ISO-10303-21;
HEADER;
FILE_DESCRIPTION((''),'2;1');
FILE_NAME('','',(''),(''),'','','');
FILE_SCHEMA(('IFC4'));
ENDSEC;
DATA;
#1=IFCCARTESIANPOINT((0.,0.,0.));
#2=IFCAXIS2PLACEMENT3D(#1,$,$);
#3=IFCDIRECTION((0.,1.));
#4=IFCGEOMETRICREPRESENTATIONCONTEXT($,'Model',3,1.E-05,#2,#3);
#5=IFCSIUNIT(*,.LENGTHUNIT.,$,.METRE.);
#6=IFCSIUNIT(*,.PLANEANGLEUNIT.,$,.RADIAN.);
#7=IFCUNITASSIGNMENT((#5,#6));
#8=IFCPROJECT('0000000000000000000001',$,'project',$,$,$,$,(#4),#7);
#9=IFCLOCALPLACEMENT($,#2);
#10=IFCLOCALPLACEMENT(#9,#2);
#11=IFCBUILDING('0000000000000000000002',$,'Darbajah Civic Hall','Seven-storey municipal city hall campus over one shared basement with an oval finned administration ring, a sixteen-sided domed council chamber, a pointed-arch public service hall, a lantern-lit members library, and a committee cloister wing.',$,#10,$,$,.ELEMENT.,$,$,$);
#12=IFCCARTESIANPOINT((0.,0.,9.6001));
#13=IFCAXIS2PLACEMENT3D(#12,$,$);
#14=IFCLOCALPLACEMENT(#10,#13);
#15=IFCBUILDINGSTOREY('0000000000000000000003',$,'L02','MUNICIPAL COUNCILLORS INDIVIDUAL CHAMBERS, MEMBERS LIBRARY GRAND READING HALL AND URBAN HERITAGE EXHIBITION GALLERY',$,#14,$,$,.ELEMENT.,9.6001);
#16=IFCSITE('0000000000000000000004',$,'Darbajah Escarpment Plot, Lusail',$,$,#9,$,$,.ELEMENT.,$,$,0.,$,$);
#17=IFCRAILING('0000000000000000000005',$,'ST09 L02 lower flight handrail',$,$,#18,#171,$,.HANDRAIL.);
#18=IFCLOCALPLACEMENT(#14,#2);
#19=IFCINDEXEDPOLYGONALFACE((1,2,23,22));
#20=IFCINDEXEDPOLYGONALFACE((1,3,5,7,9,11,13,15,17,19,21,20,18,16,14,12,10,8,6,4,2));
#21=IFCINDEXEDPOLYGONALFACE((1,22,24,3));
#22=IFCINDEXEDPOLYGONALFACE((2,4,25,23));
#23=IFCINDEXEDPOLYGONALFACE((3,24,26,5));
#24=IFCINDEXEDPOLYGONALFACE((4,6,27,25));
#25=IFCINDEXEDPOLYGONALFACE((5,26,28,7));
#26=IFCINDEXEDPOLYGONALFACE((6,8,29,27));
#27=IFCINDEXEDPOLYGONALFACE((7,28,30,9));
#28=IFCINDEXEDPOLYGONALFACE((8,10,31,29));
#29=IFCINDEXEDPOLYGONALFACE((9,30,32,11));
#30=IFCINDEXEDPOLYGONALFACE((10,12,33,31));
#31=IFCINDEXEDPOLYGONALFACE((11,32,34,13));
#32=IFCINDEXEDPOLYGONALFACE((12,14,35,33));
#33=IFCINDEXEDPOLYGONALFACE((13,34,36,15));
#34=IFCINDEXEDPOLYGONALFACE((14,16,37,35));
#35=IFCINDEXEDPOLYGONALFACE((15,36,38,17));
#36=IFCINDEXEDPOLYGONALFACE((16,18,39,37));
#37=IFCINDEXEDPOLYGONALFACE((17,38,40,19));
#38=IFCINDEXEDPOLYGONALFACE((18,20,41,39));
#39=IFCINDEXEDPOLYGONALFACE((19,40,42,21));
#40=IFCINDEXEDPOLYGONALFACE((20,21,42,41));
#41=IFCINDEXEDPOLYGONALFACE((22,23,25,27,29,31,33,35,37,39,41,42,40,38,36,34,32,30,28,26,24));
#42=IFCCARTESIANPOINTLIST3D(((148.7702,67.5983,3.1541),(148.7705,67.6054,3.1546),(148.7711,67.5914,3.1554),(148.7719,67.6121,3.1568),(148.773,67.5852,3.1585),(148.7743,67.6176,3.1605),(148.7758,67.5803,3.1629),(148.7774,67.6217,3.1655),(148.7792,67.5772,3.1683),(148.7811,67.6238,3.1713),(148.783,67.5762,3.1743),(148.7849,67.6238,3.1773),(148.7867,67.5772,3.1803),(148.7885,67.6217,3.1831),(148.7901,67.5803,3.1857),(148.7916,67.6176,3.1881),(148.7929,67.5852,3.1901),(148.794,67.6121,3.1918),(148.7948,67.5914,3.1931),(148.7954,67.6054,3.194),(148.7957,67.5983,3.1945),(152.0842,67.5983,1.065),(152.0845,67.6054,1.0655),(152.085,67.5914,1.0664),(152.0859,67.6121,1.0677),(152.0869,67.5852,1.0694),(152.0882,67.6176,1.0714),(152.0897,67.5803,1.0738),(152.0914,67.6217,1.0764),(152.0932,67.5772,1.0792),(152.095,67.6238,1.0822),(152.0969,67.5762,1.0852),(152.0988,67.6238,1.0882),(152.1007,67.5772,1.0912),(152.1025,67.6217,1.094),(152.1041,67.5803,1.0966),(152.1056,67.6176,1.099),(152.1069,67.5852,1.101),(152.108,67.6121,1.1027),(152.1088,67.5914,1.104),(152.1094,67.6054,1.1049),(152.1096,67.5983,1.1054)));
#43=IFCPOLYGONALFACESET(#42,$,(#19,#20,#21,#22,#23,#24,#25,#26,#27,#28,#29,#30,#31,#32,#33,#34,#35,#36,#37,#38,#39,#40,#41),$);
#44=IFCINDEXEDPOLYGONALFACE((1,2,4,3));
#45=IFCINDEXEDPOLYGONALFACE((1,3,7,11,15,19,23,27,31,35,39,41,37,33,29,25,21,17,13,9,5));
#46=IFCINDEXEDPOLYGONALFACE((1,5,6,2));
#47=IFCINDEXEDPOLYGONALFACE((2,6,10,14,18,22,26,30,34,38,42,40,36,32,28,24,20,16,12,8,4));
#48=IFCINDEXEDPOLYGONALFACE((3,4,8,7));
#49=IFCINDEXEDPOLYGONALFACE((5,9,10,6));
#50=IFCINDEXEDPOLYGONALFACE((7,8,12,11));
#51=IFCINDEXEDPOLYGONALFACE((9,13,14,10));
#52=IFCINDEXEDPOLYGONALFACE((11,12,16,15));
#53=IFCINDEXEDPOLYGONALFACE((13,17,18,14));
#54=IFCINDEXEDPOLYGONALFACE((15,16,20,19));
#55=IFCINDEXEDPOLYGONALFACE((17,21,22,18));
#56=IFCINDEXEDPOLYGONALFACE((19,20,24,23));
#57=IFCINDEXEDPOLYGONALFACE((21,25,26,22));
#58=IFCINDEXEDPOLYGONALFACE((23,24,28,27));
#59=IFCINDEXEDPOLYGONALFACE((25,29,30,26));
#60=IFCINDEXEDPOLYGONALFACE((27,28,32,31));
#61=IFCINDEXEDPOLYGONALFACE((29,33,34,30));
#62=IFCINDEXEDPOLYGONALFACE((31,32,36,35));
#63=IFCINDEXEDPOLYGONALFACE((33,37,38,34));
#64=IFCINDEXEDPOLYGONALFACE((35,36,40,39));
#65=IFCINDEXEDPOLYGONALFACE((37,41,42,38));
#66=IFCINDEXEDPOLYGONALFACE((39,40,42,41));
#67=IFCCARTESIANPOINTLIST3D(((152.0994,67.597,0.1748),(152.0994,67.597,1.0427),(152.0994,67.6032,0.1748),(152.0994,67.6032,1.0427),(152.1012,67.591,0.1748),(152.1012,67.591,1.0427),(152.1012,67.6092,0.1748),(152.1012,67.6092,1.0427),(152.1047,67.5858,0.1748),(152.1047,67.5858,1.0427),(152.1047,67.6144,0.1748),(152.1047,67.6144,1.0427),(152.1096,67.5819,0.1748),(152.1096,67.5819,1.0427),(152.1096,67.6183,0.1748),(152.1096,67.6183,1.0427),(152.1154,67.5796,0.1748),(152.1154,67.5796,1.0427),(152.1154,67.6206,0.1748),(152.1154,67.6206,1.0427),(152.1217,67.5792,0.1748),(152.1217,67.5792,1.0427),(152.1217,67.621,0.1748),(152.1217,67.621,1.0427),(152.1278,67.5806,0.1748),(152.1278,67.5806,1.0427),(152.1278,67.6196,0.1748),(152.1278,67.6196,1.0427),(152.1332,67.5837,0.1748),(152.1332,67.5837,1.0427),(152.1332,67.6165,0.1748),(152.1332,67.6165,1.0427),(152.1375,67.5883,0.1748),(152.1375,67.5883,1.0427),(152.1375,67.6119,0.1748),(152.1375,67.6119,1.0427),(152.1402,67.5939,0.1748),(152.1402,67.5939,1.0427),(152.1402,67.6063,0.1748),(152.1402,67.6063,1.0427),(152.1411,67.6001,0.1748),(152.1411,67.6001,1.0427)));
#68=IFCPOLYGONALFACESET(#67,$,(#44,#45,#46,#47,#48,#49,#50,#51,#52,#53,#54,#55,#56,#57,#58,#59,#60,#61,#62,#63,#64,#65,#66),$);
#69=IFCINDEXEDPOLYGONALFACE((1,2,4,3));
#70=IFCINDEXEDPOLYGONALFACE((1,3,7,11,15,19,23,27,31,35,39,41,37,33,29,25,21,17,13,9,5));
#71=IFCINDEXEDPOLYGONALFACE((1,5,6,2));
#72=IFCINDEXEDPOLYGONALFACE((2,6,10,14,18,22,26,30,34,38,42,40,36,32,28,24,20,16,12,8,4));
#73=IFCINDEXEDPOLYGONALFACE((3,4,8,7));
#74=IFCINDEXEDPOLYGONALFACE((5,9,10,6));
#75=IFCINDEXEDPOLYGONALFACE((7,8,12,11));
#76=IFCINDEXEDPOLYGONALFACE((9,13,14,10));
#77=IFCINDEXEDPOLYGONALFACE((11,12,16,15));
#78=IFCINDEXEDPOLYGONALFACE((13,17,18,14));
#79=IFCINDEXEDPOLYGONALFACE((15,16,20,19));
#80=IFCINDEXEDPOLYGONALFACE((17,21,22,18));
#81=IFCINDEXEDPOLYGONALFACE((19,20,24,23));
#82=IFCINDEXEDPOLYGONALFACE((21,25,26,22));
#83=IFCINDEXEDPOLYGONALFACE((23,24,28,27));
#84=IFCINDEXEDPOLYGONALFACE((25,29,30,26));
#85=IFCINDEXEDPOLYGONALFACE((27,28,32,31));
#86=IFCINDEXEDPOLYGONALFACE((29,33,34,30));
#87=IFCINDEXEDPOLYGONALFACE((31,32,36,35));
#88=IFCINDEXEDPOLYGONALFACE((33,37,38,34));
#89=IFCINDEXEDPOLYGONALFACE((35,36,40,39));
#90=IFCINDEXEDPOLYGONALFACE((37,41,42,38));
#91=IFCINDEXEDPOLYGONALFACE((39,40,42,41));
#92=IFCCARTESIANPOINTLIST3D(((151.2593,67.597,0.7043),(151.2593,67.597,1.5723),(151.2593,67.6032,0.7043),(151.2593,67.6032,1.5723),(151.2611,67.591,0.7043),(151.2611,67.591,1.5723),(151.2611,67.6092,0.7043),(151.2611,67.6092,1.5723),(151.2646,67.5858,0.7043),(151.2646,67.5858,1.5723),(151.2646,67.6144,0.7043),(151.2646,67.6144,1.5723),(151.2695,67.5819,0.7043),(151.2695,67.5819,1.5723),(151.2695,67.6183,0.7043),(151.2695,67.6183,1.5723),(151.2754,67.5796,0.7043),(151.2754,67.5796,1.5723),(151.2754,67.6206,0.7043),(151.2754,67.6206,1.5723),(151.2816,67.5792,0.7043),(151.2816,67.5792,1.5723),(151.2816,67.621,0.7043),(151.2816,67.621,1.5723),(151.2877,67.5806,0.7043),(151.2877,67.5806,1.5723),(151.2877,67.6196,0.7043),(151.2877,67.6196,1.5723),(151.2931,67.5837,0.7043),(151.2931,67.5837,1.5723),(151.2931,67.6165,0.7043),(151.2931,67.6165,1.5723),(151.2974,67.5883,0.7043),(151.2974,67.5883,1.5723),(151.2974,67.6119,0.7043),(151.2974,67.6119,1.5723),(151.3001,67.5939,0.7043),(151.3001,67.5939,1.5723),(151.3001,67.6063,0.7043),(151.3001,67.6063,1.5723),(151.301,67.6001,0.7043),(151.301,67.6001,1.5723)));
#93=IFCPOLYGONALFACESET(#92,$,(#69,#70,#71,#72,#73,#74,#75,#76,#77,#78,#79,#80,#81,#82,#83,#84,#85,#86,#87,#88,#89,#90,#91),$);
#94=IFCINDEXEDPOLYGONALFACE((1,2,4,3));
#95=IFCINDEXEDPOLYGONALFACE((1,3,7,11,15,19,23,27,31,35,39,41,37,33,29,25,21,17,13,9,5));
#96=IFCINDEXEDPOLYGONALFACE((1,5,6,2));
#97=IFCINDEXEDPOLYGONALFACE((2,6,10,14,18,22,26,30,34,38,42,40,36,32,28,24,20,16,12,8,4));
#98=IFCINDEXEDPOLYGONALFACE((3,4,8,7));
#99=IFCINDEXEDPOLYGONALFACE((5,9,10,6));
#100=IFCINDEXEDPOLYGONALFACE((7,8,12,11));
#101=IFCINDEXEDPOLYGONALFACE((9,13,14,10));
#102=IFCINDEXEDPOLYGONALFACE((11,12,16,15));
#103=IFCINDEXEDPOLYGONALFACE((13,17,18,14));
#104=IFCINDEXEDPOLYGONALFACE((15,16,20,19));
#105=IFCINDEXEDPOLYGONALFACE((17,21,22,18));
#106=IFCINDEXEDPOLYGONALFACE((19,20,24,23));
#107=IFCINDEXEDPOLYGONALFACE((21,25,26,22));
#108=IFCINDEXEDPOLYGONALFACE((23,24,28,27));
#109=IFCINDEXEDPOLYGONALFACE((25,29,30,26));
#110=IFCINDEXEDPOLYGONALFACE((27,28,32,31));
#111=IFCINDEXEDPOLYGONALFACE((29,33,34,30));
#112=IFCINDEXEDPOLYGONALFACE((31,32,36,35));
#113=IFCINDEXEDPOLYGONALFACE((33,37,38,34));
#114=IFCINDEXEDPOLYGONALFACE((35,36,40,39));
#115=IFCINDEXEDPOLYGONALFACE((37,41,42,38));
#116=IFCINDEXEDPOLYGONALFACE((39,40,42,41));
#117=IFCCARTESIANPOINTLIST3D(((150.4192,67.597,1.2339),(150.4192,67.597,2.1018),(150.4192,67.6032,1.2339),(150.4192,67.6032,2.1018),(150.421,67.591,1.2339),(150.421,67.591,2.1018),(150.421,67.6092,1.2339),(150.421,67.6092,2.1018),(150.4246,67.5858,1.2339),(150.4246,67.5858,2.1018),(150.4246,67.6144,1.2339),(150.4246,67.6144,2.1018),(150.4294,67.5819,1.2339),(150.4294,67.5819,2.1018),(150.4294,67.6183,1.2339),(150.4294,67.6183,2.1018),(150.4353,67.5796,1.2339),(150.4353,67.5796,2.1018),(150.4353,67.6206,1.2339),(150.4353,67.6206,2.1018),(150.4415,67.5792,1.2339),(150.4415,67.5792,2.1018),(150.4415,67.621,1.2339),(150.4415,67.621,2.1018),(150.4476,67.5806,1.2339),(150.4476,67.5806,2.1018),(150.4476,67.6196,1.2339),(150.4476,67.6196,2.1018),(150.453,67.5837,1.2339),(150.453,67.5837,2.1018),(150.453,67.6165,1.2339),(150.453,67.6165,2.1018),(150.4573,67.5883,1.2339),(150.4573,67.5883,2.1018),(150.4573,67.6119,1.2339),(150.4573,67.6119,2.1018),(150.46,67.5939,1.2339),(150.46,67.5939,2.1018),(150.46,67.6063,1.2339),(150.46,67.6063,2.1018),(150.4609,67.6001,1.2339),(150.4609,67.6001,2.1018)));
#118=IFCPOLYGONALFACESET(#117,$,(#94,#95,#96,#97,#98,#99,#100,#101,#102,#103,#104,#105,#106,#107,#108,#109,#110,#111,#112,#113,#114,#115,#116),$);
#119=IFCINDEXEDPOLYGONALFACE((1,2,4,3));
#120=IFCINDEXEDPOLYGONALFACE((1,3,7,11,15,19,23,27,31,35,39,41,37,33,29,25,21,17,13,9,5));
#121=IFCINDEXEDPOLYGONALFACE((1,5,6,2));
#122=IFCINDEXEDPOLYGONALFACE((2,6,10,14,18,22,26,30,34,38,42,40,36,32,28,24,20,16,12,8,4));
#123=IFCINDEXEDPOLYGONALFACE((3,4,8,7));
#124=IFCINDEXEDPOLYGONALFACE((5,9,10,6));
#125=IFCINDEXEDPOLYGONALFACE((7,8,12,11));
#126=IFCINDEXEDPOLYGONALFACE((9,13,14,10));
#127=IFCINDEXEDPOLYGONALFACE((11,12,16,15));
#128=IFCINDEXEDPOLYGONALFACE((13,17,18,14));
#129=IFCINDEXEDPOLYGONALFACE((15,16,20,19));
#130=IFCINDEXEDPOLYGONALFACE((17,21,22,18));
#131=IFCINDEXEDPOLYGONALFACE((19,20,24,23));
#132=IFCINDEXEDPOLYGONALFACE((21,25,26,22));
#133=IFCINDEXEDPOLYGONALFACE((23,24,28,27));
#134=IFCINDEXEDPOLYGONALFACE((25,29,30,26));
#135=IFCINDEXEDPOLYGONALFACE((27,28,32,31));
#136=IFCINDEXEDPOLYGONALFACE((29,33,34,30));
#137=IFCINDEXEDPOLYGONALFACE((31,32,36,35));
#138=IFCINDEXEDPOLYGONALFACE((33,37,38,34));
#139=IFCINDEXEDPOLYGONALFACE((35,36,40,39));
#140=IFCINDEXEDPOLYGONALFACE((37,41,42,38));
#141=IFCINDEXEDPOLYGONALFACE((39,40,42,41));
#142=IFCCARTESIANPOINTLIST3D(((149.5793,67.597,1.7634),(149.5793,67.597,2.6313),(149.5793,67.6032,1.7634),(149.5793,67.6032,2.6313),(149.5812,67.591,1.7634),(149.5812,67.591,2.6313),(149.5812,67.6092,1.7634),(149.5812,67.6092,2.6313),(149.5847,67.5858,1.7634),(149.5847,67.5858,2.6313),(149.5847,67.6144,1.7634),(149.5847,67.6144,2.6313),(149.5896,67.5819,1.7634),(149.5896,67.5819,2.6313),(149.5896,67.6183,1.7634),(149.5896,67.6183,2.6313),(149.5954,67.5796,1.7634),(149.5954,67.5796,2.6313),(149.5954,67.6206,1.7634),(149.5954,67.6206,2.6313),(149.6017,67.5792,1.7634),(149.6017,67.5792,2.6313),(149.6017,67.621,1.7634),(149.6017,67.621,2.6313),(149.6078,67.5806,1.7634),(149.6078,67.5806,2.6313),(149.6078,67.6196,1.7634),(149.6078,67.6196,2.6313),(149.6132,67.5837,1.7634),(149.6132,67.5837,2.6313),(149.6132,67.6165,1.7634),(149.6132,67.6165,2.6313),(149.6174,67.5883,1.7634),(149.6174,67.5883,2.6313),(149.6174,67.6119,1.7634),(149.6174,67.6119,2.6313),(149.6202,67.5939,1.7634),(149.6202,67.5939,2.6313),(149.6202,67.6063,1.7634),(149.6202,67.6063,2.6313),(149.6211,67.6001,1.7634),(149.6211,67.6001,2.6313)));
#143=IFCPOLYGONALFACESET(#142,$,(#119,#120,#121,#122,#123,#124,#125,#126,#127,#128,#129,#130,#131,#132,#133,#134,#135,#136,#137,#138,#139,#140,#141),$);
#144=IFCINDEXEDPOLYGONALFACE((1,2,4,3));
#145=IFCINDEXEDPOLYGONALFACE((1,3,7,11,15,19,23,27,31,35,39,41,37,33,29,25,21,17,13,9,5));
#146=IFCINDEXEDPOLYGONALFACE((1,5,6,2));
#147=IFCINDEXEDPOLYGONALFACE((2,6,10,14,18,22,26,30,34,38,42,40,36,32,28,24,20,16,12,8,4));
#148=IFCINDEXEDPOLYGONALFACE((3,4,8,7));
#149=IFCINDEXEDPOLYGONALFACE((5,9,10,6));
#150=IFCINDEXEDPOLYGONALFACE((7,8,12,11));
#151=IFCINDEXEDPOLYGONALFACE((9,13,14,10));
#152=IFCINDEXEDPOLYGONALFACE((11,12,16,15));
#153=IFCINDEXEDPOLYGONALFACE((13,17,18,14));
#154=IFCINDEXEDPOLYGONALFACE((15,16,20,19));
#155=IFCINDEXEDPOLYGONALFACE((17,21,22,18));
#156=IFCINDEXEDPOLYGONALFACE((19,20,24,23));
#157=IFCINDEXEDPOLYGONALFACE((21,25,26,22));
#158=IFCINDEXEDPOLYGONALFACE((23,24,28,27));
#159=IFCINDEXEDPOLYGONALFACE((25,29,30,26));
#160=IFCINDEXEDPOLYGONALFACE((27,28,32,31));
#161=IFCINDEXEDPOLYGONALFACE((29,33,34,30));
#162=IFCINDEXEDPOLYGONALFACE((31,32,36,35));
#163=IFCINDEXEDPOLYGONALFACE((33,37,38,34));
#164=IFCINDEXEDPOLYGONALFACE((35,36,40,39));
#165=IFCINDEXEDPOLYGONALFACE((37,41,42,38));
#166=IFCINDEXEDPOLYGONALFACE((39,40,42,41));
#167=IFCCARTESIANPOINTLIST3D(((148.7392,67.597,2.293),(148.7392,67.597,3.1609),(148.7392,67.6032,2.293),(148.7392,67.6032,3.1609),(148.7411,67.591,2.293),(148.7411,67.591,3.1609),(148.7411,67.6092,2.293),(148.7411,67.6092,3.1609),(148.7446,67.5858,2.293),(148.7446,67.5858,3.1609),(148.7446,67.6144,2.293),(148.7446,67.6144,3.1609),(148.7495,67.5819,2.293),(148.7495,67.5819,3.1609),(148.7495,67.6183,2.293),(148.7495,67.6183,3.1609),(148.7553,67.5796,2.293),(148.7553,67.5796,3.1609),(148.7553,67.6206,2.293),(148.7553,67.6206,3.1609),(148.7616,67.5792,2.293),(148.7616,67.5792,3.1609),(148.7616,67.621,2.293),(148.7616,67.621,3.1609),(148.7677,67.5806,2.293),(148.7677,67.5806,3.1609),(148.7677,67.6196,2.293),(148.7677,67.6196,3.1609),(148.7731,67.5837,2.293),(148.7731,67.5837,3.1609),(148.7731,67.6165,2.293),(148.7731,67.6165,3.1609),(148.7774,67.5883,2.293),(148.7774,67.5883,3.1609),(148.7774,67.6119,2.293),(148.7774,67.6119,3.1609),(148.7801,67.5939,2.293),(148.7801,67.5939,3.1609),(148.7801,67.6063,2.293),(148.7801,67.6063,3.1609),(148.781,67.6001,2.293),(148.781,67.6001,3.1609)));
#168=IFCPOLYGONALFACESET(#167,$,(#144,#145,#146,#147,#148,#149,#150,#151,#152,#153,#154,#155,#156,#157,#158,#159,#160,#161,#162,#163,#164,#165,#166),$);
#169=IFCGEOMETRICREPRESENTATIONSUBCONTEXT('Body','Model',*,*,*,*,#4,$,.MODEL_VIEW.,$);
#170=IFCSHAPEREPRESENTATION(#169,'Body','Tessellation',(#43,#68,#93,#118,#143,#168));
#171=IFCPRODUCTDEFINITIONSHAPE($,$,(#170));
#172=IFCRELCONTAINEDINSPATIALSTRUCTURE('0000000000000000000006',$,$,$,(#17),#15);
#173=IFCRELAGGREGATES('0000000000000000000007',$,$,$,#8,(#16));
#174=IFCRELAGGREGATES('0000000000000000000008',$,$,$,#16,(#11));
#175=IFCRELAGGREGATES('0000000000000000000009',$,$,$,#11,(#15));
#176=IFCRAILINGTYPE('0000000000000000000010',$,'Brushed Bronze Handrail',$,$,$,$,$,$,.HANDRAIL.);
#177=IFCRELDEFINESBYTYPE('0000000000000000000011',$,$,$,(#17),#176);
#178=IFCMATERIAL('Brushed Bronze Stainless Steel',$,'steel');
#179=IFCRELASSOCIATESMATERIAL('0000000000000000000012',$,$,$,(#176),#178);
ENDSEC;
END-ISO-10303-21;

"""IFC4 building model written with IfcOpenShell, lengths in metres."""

from ifc_helpers import new_model, si_unit, direction, frame, origin, origin_2d, place, context, subcontext, project, spatial, circle, extrude, material, type_object, element, save


model = new_model("IFC4")

# Units and contexts
model_context = context("Model", 3, precision=1e-05, world=origin(), true_north=direction((0.0, 1.0)))
body_context = subcontext(model_context, "Body", "Model", "MODEL_VIEW")
ifc_project = project(units=[si_unit("LENGTHUNIT", "METRE"), si_unit("PLANEANGLEUNIT", "RADIAN")], contexts=[model_context])

# Site, building, storey
site_placement = place(None, origin())
site = spatial("IfcSite", under=ifc_project, at=site_placement, Name="Darbajah Escarpment Plot, Lusail", CompositionType="ELEMENT", RefElevation=0.0)
building_placement = place(site_placement, origin())
building = spatial("IfcBuilding", under=site, at=building_placement, Name="Darbajah Civic Hall", Description="Seven-storey municipal city hall campus over one shared basement with an oval finned administration ring, a sixteen-sided domed council chamber, a pointed-arch public service hall, a lantern-lit members library, and a committee cloister wing.", CompositionType="ELEMENT")
storey_placement = place(building_placement, frame((0.0, 0.0, 9.6001)))
storey = spatial("IfcBuildingStorey", under=building, at=storey_placement, Name="L02", Description="MUNICIPAL COUNCILLORS INDIVIDUAL CHAMBERS, MEMBERS LIBRARY GRAND READING HALL AND URBAN HERITAGE EXHIBITION GALLERY", CompositionType="ELEMENT", Elevation=9.6001)

# Railing
ifc_material_1 = material(Name="Brushed Bronze Stainless Steel", Category="steel")
railing_type_1 = type_object("IfcRailingType", Name="Brushed Bronze Handrail", PredefinedType="HANDRAIL", material=ifc_material_1)
railing_1_placement = place(storey_placement, frame((152.1201, 67.6001, 0.1748)))
element("IfcRailing", 1, at=railing_1_placement, inside=storey, type_object=railing_type_1, Name="ST09 L02 lower flight handrail", PredefinedType="HANDRAIL", context=body_context, shape_type="SweptSolid", body=[
    extrude(circle(Radius=0.0239, at=origin_2d()), frame((-0.0232, 0.0, 0.9104), z_axis=(-0.845944, 0.0, 0.533271), x_axis=(0.0, -1.0, 0.0)), (0.0, 0.0, 1.0), 3.9175),
    extrude(circle(Radius=0.021, at=origin_2d()), origin(), (0.0, 0.0, 1.0), 0.8679),
    extrude(circle(Radius=0.021, at=origin_2d()), frame((-0.8401, 0.0, 0.5295)), (0.0, 0.0, 1.0), 0.8679),
    extrude(circle(Radius=0.021, at=origin_2d()), frame((-1.6802, 0.0, 1.0591)), (0.0, 0.0, 1.0), 0.8679),
    extrude(circle(Radius=0.021, at=origin_2d()), frame((-2.52, 0.0, 1.5886)), (0.0, 0.0, 1.0), 0.8679),
    extrude(circle(Radius=0.021, at=origin_2d()), frame((-3.3601, 0.0, 2.1182)), (0.0, 0.0, 1.0), 0.8679),
])

save(model, "model.ifc")
